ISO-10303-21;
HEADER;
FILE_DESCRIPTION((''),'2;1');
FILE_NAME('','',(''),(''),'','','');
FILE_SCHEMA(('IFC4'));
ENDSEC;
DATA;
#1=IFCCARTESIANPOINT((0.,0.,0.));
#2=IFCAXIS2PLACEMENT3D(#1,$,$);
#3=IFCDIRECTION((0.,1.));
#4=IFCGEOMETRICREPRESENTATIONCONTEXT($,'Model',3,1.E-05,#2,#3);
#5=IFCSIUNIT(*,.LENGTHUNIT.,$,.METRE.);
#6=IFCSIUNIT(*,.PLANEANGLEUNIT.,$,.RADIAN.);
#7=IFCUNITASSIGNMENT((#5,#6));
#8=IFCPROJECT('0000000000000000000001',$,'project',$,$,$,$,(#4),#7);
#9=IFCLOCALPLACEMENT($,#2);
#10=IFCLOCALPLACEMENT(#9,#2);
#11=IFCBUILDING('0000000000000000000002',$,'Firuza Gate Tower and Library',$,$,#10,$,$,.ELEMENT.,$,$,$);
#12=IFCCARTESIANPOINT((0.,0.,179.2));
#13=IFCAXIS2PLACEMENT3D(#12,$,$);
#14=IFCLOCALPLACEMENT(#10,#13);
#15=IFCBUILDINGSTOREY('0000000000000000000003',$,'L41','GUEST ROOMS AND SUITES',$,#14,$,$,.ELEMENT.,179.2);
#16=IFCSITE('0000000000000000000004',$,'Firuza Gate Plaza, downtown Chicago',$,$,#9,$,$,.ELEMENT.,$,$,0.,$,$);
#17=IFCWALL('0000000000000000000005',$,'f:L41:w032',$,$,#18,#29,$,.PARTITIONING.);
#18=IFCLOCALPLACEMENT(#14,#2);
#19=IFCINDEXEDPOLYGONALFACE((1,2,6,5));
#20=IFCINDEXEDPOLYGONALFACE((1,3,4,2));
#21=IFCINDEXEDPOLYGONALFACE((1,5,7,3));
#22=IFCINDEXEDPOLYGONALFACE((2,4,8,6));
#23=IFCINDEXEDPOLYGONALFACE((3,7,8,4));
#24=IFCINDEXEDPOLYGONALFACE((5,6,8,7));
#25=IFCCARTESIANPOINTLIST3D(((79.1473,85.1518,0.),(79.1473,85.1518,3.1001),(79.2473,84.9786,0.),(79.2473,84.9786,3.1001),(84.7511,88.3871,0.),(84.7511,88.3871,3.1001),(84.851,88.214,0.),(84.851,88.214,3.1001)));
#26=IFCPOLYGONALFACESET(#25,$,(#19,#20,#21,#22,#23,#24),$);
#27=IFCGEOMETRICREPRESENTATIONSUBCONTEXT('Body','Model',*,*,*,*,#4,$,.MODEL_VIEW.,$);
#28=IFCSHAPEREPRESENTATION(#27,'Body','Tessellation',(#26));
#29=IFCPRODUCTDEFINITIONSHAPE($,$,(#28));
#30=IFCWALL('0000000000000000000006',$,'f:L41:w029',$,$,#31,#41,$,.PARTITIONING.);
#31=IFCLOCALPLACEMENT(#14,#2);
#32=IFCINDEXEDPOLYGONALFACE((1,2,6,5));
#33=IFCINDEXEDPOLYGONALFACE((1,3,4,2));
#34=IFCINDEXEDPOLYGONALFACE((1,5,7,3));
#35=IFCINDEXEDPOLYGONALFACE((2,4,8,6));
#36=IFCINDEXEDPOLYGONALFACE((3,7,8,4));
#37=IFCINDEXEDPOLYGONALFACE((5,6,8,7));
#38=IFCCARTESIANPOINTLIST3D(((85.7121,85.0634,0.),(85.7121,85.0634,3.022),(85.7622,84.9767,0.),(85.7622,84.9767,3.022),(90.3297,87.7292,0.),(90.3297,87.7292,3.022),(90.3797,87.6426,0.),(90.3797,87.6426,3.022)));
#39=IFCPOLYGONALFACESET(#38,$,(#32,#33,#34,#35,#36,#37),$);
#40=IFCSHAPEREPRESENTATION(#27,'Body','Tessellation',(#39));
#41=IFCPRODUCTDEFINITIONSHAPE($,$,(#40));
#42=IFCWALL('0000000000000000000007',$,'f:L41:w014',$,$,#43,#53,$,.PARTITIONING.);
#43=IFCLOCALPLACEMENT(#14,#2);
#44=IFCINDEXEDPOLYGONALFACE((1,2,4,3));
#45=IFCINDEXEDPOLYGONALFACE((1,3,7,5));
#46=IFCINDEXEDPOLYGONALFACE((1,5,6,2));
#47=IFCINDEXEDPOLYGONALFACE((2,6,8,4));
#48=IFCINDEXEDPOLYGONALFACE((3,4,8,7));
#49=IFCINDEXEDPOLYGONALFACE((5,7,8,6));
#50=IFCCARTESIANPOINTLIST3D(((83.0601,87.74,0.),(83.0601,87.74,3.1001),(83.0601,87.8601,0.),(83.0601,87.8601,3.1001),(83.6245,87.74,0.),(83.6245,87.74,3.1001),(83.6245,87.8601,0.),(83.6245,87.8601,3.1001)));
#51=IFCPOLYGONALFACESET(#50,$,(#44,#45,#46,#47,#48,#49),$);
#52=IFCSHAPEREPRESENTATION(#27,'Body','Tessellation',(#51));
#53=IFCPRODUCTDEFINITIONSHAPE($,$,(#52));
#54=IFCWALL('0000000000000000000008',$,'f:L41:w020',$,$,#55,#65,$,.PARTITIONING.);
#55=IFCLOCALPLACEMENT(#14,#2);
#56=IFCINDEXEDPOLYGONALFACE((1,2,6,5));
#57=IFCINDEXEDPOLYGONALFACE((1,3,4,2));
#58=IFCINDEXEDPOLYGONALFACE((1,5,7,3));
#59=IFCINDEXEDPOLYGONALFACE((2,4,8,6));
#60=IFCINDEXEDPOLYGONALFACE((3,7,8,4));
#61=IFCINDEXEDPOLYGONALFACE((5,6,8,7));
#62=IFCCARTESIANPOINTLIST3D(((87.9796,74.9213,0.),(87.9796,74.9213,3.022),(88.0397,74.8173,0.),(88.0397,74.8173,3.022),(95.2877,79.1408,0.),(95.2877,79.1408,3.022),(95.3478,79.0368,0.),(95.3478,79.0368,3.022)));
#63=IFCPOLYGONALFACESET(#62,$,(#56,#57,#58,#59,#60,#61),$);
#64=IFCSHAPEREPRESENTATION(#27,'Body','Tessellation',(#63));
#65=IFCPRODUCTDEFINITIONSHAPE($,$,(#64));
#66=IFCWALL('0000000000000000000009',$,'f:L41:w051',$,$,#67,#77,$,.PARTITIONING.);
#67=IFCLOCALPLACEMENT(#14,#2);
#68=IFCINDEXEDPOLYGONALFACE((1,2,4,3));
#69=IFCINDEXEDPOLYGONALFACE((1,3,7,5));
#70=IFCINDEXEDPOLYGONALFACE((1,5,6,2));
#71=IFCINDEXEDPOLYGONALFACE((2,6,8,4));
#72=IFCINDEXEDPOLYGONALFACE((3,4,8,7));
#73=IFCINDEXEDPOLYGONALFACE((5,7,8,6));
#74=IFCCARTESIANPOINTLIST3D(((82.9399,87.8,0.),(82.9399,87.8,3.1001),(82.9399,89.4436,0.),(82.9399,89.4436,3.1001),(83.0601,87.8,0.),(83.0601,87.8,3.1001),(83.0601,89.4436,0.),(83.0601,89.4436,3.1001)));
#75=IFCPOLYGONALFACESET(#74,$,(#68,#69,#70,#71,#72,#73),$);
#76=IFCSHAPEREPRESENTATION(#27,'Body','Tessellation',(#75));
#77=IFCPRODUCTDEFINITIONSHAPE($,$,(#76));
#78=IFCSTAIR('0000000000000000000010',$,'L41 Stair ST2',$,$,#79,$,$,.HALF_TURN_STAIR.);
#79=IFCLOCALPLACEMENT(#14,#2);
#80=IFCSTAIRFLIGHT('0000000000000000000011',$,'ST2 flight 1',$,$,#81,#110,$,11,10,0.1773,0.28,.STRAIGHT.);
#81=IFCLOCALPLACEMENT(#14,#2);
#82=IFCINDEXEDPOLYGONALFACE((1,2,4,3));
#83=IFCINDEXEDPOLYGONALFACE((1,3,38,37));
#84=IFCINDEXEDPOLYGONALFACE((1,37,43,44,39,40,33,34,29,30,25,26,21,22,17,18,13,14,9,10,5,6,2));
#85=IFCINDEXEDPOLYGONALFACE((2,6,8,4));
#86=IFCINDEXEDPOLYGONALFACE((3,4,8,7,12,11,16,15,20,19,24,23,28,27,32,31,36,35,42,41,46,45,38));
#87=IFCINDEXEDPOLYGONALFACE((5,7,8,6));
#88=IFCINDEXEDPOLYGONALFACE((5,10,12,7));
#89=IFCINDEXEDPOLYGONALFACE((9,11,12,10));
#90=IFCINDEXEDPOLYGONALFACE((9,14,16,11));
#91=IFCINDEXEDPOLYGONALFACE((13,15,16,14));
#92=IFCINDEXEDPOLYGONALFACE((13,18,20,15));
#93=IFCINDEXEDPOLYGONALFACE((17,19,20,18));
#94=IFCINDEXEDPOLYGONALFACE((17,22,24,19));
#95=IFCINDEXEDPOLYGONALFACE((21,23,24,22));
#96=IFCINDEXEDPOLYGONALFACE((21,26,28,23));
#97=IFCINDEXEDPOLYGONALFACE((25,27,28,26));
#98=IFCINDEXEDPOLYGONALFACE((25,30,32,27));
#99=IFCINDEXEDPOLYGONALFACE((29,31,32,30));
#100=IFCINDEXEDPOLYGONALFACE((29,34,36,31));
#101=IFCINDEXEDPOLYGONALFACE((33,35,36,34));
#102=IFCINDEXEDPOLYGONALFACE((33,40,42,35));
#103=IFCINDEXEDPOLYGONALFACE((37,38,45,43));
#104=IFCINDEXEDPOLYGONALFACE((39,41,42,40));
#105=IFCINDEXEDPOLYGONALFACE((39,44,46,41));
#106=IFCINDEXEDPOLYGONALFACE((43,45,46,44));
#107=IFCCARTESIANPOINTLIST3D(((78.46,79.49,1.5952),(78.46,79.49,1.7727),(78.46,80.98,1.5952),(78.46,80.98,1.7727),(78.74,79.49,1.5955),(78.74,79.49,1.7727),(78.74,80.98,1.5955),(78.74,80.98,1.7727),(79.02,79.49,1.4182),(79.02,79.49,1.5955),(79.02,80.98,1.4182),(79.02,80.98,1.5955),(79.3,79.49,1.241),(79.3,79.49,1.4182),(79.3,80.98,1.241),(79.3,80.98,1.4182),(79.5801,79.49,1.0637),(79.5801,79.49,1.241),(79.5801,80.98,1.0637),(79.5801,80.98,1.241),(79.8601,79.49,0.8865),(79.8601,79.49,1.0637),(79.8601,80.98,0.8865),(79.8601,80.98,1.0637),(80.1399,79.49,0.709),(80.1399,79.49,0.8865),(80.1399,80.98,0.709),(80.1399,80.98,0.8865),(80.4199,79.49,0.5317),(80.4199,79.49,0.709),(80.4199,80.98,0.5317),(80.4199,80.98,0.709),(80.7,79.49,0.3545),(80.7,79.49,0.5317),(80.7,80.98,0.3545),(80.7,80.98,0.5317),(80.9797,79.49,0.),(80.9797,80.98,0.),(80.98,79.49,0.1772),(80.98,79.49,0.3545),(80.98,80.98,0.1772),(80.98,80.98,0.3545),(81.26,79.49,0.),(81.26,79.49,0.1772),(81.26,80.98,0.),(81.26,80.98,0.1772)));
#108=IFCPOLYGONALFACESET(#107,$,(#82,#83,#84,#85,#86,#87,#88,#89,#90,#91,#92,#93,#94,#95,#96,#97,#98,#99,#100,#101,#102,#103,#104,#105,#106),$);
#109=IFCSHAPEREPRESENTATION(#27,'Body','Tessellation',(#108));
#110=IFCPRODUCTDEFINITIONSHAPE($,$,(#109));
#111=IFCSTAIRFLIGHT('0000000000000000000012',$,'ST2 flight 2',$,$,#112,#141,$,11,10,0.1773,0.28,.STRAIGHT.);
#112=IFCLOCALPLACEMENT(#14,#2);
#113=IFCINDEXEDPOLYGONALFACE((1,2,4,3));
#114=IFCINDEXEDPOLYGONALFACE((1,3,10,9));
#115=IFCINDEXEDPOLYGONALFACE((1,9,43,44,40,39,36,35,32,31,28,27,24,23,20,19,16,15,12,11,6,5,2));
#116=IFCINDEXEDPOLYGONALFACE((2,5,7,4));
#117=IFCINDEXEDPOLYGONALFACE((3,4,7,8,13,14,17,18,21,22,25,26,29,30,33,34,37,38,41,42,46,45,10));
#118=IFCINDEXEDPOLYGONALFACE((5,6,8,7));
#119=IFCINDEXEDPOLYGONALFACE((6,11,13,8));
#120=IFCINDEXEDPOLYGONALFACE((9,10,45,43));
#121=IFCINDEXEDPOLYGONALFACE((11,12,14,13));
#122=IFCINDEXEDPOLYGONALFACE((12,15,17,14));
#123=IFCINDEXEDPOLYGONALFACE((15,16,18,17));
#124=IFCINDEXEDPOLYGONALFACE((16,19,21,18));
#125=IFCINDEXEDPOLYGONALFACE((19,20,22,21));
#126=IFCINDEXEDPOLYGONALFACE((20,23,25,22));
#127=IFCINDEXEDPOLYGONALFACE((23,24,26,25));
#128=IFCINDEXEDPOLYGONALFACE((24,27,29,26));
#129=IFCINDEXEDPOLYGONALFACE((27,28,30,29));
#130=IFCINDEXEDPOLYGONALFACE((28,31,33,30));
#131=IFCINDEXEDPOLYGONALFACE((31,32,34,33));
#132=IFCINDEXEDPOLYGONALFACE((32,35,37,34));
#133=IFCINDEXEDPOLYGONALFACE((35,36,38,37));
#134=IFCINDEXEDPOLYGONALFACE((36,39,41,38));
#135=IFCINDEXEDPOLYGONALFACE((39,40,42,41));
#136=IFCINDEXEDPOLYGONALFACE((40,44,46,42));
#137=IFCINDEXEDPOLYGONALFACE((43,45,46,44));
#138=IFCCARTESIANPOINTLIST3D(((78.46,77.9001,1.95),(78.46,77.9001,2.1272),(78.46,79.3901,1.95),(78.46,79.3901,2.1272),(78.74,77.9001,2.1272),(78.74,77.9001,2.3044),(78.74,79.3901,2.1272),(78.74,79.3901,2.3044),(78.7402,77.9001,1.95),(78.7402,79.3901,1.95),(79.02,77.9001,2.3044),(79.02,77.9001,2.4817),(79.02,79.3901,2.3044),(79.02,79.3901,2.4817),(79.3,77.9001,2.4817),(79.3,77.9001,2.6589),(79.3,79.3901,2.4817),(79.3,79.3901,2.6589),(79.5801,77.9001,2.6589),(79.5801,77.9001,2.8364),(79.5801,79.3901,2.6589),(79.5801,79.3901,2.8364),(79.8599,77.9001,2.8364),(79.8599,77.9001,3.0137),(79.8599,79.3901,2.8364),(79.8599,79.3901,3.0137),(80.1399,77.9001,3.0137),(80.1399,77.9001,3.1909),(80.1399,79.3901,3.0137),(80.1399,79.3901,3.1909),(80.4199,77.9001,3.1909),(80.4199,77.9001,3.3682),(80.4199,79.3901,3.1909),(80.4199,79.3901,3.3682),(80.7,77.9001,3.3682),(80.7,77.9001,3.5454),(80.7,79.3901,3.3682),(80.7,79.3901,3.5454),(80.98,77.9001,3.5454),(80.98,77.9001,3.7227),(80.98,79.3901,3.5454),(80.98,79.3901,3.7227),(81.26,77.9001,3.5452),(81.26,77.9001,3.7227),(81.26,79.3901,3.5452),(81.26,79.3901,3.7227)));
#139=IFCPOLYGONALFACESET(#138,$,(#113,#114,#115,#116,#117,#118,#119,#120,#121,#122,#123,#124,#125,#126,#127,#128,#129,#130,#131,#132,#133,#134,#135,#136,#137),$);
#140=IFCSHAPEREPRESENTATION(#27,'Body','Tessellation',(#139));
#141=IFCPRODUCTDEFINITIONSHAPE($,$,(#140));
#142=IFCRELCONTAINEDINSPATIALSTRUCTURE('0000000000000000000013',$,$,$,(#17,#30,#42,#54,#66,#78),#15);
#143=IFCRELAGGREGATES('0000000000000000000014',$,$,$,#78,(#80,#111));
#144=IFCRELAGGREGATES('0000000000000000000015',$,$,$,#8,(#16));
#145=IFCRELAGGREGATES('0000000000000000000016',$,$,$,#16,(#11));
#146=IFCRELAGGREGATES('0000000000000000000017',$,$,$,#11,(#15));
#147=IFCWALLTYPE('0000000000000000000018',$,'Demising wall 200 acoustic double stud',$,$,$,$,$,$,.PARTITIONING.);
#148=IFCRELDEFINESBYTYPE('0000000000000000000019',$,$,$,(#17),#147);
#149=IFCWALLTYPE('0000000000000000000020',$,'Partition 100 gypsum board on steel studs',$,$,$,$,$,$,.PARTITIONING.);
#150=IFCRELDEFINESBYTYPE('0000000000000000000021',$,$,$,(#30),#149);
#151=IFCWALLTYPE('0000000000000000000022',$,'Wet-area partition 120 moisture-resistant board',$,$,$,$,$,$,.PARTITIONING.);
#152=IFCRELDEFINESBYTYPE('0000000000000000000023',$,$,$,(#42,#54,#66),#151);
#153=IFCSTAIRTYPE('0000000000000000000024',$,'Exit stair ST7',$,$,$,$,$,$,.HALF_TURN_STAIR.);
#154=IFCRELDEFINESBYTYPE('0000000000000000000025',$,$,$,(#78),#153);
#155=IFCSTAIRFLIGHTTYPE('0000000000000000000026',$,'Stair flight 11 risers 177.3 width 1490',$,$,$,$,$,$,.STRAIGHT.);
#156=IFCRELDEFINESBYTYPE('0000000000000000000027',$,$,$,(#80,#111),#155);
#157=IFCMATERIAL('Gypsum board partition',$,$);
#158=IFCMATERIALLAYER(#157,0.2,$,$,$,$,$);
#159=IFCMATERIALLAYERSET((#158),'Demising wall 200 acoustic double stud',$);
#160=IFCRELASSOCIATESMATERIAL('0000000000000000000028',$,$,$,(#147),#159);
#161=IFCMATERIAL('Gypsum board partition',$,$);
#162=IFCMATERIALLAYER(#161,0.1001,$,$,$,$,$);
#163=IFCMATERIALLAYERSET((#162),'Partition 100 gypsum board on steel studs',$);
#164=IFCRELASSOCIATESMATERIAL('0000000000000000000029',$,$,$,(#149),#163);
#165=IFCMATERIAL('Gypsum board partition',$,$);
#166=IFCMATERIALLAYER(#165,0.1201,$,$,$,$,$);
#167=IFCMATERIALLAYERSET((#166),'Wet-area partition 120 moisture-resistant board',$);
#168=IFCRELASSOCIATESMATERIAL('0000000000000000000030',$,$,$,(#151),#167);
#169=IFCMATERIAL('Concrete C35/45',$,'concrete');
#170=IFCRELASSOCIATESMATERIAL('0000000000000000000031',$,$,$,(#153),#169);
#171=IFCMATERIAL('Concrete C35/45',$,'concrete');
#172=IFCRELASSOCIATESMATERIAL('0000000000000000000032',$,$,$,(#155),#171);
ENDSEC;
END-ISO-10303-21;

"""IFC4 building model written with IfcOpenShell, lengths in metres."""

from ifc_helpers import new_model, si_unit, direction, frame, frame_2d, origin, place, context, subcontext, project, spatial, polyline, rectangle, outline, extrude, material, layer, layer_set, type_object, element, aggregate, save


model = new_model("IFC4")

# Units and contexts
model_context = context("Model", 3, precision=1e-05, world=origin(), true_north=direction((0.0, 1.0)))
body_context = subcontext(model_context, "Body", "Model", "MODEL_VIEW")
ifc_project = project(units=[si_unit("LENGTHUNIT", "METRE"), si_unit("PLANEANGLEUNIT", "RADIAN")], contexts=[model_context])

# Site, building, storey
site_placement = place(None, origin())
site = spatial("IfcSite", under=ifc_project, at=site_placement, Name="Firuza Gate Plaza, downtown Chicago", CompositionType="ELEMENT", RefElevation=0.0)
building_placement = place(site_placement, origin())
building = spatial("IfcBuilding", under=site, at=building_placement, Name="Firuza Gate Tower and Library", CompositionType="ELEMENT")
storey_placement = place(building_placement, frame((0.0, 0.0, 179.2)))
storey = spatial("IfcBuildingStorey", under=building, at=storey_placement, Name="L41", Description="GUEST ROOMS AND SUITES", CompositionType="ELEMENT", Elevation=179.2)

# Walls
ifc_material_1 = material(Name="Gypsum board partition")
ifc_layer_1 = layer(ifc_material_1, 0.2)
ifc_layer_set_1 = layer_set([ifc_layer_1], Name="Demising wall 200 acoustic double stud")
wall_type_1 = type_object("IfcWallType", Name="Demising wall 200 acoustic double stud", PredefinedType="PARTITIONING", material=ifc_layer_set_1)
wall_1_placement = place(storey_placement, frame((79.1973, 85.0652, 0.0), z_axis=(0.0, 0.0, 1.0), x_axis=(0.866024, 0.500002, 0.0)))
element("IfcWall", 1, at=wall_1_placement, inside=storey, type_object=wall_type_1, Name="f:L41:w032", PredefinedType="PARTITIONING", context=body_context, shape_type="SweptSolid", body=[
    extrude(rectangle(XDim=6.4707, YDim=0.2, at=frame_2d((3.2354, 0.0))), origin(), (0.0, 0.0, 1.0), 3.1001),
])
ifc_material_2 = material(Name="Gypsum board partition")
ifc_layer_2 = layer(ifc_material_2, 0.1001)
ifc_layer_set_2 = layer_set([ifc_layer_2], Name="Partition 100 gypsum board on steel studs")
wall_type_2 = type_object("IfcWallType", Name="Partition 100 gypsum board on steel studs", PredefinedType="PARTITIONING", material=ifc_layer_set_2)
wall_2_placement = place(storey_placement, frame((85.7371, 85.02, 0.0), z_axis=(0.0, 0.0, 1.0), x_axis=(0.866034, 0.499985, 0.0)))
element("IfcWall", 2, at=wall_2_placement, inside=storey, type_object=wall_type_2, Name="f:L41:w029", PredefinedType="PARTITIONING", context=body_context, shape_type="SweptSolid", body=[
    extrude(rectangle(XDim=5.3318, YDim=0.1001, at=frame_2d((2.666, 0.0))), origin(), (0.0, 0.0, 1.0), 3.022),
])
ifc_material_3 = material(Name="Gypsum board partition")
ifc_layer_3 = layer(ifc_material_3, 0.1201)
ifc_layer_set_3 = layer_set([ifc_layer_3], Name="Wet-area partition 120 moisture-resistant board")
wall_type_3 = type_object("IfcWallType", Name="Wet-area partition 120 moisture-resistant board", PredefinedType="PARTITIONING", material=ifc_layer_set_3)
wall_3_placement = place(storey_placement, frame((83.0601, 87.8, 0.0), z_axis=(0.0, 0.0, 1.0), x_axis=(1.0, 0.0, 0.0)))
element("IfcWall", 3, at=wall_3_placement, inside=storey, type_object=wall_type_3, Name="f:L41:w014", PredefinedType="PARTITIONING", context=body_context, shape_type="SweptSolid", body=[
    extrude(rectangle(XDim=0.5645, YDim=0.1201, at=frame_2d((0.2822, 0.0))), origin(), (0.0, 0.0, 1.0), 3.1001),
])
wall_4_placement = place(storey_placement, frame((88.0098, 74.8694, 0.0), z_axis=(0.0, 0.0, 1.0), x_axis=(0.866018, 0.500013, 0.0)))
element("IfcWall", 4, at=wall_4_placement, inside=storey, type_object=wall_type_3, Name="f:L41:w020", PredefinedType="PARTITIONING", context=body_context, shape_type="SweptSolid", body=[
    extrude(rectangle(XDim=8.4387, YDim=0.1201, at=frame_2d((4.2192, 0.0))), origin(), (0.0, 0.0, 1.0), 3.022),
])
wall_5_placement = place(storey_placement, frame((83.0, 87.8, 0.0), z_axis=(0.0, 0.0, 1.0), x_axis=(0.0, 1.0, 0.0)))
element("IfcWall", 5, at=wall_5_placement, inside=storey, type_object=wall_type_3, Name="f:L41:w051", PredefinedType="PARTITIONING", context=body_context, shape_type="SweptSolid", body=[
    extrude(rectangle(XDim=1.6436, YDim=0.1201, at=frame_2d((0.8218, 0.0))), origin(), (0.0, 0.0, 1.0), 3.1001),
])

# Stair, stair flights
ifc_material_4 = material(Name="Concrete C35/45", Category="concrete")
stair_type = type_object("IfcStairType", Name="Exit stair ST7", PredefinedType="HALF_TURN_STAIR", material=ifc_material_4)
stair_placement = place(storey_placement, origin())
stair = element("IfcStair", 6, at=stair_placement, inside=storey, type_object=stair_type, Name="L41 Stair ST2", PredefinedType="HALF_TURN_STAIR")
ifc_material_5 = material(Name="Concrete C35/45", Category="concrete")
stair_flight_type = type_object("IfcStairFlightType", Name="Stair flight 11 risers 177.3 width 1490", PredefinedType="STRAIGHT", material=ifc_material_5)
stair_flight_1_placement = place(storey_placement, frame((81.26, 80.2351, 0.0), z_axis=(0.0, 0.0, 1.0), x_axis=(-1.0, 0.0, 0.0)))
stair_flight_1 = element("IfcStairFlight", 7, at=stair_flight_1_placement, type_object=stair_flight_type, Name="ST2 flight 1", NumberOfRisers=11, NumberOfTreads=10, PredefinedType="STRAIGHT", RiserHeight=0.1773, TreadLength=0.28, context=body_context, shape_type="SweptSolid", body=[
    extrude(outline(polyline([(0.0, 0.0), (0.0, 0.1772), (0.28, 0.1772), (0.28, 0.3545), (0.5601, 0.3545), (0.5601, 0.5317), (0.8401, 0.5317), (0.8401, 0.709), (1.1201, 0.709), (1.1201, 0.8865), (1.3999, 0.8865), (1.3999, 1.0637), (1.6799, 1.0637), (1.6799, 1.241), (1.96, 1.241), (1.96, 1.4182), (2.24, 1.4182), (2.24, 1.5955), (2.52, 1.5955), (2.52, 1.7727), (2.8, 1.7727), (2.8, 1.95), (2.8, 1.5952), (0.2803, 0.0), (0.0, 0.0)])), frame((0.0, 0.7451, 0.0), z_axis=(0.0, -1.0, 0.0), x_axis=(1.0, 0.0, 0.0)), (0.0, 0.0, 1.0), 1.49),
])
stair_flight_2_placement = place(storey_placement, frame((78.46, 78.645, 1.95), z_axis=(0.0, 0.0, 1.0), x_axis=(1.0, 0.0, 0.0)))
stair_flight_2 = element("IfcStairFlight", 8, at=stair_flight_2_placement, type_object=stair_flight_type, Name="ST2 flight 2", NumberOfRisers=11, NumberOfTreads=10, PredefinedType="STRAIGHT", RiserHeight=0.1773, TreadLength=0.28, context=body_context, shape_type="SweptSolid", body=[
    extrude(outline(polyline([(0.0, 0.0), (0.0, 0.1772), (0.28, 0.1772), (0.28, 0.3545), (0.5601, 0.3545), (0.5601, 0.5317), (0.8401, 0.5317), (0.8401, 0.709), (1.1201, 0.709), (1.1201, 0.8865), (1.3999, 0.8865), (1.3999, 1.0637), (1.6799, 1.0637), (1.6799, 1.241), (1.96, 1.241), (1.96, 1.4182), (2.24, 1.4182), (2.24, 1.5955), (2.52, 1.5955), (2.52, 1.7727), (2.8, 1.7727), (2.8, 1.95), (2.8, 1.5952), (0.2803, 0.0), (0.0, 0.0)])), frame((0.0, 0.7451, 0.0), z_axis=(0.0, -1.0, 0.0), x_axis=(1.0, 0.0, 0.0)), (0.0, 0.0, 1.0), 1.49),
])
aggregate(stair, [stair_flight_1, stair_flight_2])

save(model, "model.ifc")
